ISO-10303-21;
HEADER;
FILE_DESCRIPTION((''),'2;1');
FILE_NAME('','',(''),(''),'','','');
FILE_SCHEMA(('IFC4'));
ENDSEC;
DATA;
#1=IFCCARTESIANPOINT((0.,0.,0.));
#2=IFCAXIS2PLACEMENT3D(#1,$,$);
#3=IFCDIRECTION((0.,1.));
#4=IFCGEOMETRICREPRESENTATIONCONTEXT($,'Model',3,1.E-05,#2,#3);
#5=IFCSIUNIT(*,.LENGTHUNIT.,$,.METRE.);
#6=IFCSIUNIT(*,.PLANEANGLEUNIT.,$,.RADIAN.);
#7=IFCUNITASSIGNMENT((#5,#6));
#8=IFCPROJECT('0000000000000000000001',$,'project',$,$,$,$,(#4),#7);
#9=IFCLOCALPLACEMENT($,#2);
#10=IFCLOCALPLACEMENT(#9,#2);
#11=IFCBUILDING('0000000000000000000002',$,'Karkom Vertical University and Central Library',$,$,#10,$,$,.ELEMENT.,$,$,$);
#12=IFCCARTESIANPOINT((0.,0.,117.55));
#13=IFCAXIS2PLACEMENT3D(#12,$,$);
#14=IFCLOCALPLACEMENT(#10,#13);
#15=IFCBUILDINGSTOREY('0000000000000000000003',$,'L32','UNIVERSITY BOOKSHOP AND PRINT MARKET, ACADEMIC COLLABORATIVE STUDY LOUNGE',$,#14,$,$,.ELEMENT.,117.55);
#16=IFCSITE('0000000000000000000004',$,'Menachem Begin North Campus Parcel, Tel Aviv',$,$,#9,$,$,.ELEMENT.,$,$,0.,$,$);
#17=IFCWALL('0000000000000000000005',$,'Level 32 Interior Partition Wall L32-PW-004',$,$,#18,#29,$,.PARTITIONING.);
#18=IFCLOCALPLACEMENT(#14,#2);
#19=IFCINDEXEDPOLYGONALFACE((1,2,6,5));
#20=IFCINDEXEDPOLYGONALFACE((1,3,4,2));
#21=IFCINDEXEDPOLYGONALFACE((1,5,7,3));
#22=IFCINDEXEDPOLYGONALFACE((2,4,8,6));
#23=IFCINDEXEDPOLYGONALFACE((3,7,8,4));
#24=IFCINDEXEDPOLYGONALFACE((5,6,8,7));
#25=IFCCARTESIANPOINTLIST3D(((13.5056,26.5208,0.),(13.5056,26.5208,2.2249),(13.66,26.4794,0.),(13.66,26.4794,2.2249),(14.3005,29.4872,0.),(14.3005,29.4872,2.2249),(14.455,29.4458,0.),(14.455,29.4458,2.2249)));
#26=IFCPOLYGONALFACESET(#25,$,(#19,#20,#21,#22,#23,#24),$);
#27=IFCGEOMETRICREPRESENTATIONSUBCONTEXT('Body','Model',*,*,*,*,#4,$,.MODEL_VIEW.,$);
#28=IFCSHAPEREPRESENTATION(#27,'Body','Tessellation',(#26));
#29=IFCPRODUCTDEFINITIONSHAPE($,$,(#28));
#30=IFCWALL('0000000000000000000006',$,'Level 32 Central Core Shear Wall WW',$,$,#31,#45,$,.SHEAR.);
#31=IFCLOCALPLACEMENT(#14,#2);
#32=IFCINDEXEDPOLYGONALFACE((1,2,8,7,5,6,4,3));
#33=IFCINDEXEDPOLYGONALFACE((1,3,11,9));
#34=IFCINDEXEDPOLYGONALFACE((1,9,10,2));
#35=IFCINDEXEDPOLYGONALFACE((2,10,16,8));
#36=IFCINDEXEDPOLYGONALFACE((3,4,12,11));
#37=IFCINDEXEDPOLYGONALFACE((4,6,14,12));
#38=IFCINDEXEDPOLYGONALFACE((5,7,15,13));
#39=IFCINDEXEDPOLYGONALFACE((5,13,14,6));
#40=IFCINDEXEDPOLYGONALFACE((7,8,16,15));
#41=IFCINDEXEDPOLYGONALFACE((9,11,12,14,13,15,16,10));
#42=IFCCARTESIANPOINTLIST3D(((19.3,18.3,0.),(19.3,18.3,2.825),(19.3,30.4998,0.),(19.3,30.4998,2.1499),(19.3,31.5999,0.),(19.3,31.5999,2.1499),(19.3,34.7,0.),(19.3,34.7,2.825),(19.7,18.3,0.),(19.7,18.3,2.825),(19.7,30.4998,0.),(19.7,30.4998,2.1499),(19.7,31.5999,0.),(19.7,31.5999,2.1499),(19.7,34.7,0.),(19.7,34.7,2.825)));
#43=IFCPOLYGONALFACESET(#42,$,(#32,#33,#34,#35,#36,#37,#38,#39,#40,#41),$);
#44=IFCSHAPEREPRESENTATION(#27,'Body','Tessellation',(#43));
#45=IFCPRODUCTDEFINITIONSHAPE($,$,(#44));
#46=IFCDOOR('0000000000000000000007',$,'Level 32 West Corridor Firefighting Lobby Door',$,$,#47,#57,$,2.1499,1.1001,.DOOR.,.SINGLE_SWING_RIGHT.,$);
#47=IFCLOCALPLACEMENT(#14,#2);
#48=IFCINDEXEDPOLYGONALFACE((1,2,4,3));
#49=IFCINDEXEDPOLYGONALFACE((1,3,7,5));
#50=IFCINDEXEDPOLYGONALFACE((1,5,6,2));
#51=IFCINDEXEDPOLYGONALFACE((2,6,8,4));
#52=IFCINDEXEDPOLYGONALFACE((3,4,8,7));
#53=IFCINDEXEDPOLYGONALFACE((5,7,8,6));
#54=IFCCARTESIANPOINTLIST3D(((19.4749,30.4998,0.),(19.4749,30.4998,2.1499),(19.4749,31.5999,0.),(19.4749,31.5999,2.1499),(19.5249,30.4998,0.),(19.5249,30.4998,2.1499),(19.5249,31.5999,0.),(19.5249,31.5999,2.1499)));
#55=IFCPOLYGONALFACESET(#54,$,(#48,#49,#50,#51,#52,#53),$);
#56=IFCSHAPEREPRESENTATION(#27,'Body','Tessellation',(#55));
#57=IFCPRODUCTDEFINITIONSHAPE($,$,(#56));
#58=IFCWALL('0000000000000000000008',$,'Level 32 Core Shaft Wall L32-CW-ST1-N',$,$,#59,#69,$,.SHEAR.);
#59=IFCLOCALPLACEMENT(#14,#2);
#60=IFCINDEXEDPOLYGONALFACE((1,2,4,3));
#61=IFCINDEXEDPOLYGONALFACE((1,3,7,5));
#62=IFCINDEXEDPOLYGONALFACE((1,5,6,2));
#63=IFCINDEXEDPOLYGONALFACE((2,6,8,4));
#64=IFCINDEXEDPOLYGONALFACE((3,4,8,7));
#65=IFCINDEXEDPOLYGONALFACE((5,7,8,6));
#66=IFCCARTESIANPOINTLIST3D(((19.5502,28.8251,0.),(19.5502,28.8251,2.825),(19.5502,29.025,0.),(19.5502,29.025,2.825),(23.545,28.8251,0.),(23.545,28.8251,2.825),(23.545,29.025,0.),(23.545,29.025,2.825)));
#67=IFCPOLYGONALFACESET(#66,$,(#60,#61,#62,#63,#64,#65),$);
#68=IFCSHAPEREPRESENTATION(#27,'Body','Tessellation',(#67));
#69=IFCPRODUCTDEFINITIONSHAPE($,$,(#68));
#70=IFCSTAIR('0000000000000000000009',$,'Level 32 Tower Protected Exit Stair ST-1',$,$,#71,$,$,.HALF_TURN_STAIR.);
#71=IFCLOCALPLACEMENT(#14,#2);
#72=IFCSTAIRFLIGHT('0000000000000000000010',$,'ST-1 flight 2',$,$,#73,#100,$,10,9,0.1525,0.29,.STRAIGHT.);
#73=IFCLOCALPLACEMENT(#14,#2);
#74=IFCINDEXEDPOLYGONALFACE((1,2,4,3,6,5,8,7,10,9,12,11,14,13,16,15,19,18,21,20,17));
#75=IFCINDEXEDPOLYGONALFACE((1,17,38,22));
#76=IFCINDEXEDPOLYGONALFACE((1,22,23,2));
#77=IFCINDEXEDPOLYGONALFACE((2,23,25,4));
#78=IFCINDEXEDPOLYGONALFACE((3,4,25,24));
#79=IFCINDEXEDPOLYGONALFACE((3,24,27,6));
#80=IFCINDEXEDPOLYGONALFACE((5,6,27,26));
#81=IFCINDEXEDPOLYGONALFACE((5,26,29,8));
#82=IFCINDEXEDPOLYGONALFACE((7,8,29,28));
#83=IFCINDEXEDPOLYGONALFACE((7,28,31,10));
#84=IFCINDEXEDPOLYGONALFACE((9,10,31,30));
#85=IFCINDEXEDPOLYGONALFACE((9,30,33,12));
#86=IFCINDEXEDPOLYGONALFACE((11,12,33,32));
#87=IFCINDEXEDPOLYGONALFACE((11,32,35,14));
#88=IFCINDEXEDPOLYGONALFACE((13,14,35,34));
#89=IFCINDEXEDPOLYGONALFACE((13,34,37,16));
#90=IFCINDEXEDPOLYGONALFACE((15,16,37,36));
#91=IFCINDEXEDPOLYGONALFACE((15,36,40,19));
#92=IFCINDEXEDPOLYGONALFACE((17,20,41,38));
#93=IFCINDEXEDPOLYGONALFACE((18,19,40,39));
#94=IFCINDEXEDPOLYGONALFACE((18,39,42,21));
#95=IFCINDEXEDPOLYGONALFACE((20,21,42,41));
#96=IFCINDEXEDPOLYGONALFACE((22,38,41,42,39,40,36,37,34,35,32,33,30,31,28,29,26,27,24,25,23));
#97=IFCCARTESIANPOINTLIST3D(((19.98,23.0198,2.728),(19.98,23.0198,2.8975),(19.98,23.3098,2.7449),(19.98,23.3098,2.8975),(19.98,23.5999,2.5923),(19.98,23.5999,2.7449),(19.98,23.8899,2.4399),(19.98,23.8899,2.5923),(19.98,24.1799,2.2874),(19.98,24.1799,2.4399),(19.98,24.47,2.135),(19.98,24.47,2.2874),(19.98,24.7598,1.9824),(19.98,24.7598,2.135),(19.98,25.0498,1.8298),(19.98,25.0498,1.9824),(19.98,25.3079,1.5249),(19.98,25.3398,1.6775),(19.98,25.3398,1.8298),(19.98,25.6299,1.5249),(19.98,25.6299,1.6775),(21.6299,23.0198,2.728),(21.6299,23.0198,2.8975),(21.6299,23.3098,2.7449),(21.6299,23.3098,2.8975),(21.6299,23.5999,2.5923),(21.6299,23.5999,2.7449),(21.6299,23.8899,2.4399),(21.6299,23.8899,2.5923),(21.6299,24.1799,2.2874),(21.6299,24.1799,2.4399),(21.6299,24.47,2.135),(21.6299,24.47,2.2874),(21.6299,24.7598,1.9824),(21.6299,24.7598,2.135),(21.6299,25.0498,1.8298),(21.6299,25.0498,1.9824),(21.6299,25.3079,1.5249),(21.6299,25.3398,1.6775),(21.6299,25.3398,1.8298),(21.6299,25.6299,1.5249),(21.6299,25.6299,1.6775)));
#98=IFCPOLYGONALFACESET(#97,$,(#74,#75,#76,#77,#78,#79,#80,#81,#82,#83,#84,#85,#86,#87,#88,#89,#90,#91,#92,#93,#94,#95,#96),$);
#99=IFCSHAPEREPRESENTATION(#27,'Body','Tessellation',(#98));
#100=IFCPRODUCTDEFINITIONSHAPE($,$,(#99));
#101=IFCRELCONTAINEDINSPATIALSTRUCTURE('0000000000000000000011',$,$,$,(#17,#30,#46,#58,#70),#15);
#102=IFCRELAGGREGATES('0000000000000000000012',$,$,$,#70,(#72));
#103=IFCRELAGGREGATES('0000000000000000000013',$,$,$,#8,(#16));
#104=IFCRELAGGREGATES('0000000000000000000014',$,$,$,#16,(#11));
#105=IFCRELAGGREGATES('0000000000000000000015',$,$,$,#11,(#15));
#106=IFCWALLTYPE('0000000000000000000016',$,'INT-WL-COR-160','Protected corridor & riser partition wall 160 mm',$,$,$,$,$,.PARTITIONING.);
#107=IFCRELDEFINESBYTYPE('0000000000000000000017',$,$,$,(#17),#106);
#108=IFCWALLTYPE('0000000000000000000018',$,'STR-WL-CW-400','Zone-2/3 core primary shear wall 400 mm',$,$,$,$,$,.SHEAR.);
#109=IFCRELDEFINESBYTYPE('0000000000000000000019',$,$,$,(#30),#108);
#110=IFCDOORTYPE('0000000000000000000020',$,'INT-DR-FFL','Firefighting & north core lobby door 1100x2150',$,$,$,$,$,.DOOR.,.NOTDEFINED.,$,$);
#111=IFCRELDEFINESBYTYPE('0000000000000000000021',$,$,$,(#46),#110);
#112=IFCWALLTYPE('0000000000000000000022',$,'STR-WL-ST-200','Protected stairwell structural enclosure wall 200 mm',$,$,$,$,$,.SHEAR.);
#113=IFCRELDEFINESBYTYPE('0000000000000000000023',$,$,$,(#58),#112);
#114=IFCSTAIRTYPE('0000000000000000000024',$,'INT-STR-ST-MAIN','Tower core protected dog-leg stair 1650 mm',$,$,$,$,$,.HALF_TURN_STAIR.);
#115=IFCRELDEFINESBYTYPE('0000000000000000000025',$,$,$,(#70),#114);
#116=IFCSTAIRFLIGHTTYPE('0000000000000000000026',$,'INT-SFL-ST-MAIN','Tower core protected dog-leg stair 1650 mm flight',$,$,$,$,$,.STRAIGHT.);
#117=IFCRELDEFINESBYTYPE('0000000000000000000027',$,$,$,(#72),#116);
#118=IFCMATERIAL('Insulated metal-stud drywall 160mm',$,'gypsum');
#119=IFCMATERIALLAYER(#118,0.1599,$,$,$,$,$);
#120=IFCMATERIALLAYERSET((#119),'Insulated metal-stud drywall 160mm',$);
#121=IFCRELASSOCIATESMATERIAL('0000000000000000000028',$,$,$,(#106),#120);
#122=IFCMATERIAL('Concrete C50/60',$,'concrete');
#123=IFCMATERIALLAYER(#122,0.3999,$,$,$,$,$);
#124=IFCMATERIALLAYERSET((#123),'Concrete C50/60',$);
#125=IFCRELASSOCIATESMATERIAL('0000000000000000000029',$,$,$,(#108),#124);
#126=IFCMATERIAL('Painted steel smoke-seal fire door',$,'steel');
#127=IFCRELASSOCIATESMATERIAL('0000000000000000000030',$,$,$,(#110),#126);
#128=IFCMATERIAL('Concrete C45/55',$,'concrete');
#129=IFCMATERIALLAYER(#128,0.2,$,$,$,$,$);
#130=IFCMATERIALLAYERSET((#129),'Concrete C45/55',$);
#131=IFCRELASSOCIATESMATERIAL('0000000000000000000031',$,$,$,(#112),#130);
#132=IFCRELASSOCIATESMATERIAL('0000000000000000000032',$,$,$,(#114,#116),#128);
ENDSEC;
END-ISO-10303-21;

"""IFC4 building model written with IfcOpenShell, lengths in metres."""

from ifc_helpers import new_model, si_unit, direction, frame, frame_2d, origin, origin_with_axes, place, context, subcontext, project, spatial, polyline, rectangle, outline, extrude, source, transform, mapped, material, layer, layer_set, type_object, element, fill, aggregate, save


model = new_model("IFC4")

# Units and contexts
model_context = context("Model", 3, precision=1e-05, world=origin(), true_north=direction((0.0, 1.0)))
body_context = subcontext(model_context, "Body", "Model", "MODEL_VIEW")
ifc_project = project(units=[si_unit("LENGTHUNIT", "METRE"), si_unit("PLANEANGLEUNIT", "RADIAN")], contexts=[model_context])

# Site, building, storey
site_placement = place(None, origin())
site = spatial("IfcSite", under=ifc_project, at=site_placement, Name="Menachem Begin North Campus Parcel, Tel Aviv", CompositionType="ELEMENT", RefElevation=0.0)
building_placement = place(site_placement, origin())
building = spatial("IfcBuilding", under=site, at=building_placement, Name="Karkom Vertical University and Central Library", CompositionType="ELEMENT")
storey_placement = place(building_placement, frame((0.0, 0.0, 117.55)))
storey = spatial("IfcBuildingStorey", under=building, at=storey_placement, Name="L32", Description="UNIVERSITY BOOKSHOP AND PRINT MARKET, ACADEMIC COLLABORATIVE STUDY LOUNGE", CompositionType="ELEMENT", Elevation=117.55)

# Shared definitions
ifc_material_1 = material(Name="Concrete C50/60", Category="concrete")

# Shared definitions
ifc_material_2 = material(Name="Insulated metal-stud drywall 160mm", Category="gypsum")
ifc_layer_1 = layer(ifc_material_2, 0.1599)
ifc_layer_set_1 = layer_set([ifc_layer_1], Name="Insulated metal-stud drywall 160mm")
wall_type_1 = type_object("IfcWallType", Name="INT-WL-COR-160", Description="Protected corridor & riser partition wall 160 mm", PredefinedType="PARTITIONING", material=ifc_layer_set_1)

# Wall
wall_1_placement = place(storey_placement, frame((13.5828, 26.5, 0.0), z_axis=(0.0, 0.0, 1.0), x_axis=(0.25885, 0.965918, 0.0)))
element("IfcWall", 1, at=wall_1_placement, inside=storey, type_object=wall_type_1, Name="Level 32 Interior Partition Wall L32-PW-004", PredefinedType="PARTITIONING", context=body_context, shape_type="SweptSolid", body=[
    extrude(rectangle(XDim=3.071, YDim=0.1599, at=frame_2d((1.5356, 0.0))), origin(), (0.0, 0.0, 1.0), 2.2249),
])

# Wall, opening, door
ifc_layer_2 = layer(ifc_material_1, 0.3999)
ifc_layer_set_2 = layer_set([ifc_layer_2], Name="Concrete C50/60")
wall_type_2 = type_object("IfcWallType", Name="STR-WL-CW-400", Description="Zone-2/3 core primary shear wall 400 mm", PredefinedType="SHEAR", material=ifc_layer_set_2)
wall_2_placement = place(storey_placement, frame((19.5, 34.7, 0.0), z_axis=(0.0, 0.0, 1.0), x_axis=(0.0, -1.0, 0.0)))
wall_2 = element("IfcWall", 2, at=wall_2_placement, inside=storey, type_object=wall_type_2, Name="Level 32 Central Core Shear Wall WW", PredefinedType="SHEAR", context=body_context, shape_type="SweptSolid", body=[
    extrude(rectangle(XDim=16.3999, YDim=0.3999, at=frame_2d((8.2, 0.0))), origin(), (0.0, 0.0, 1.0), 2.825),
])
opening_1_placement = place(wall_2_placement, frame((3.1001, 0.0, 0.0)))
opening_1 = element("IfcOpeningElement", 3, at=opening_1_placement, cuts=wall_2, PredefinedType="OPENING", context=body_context, shape_type="SweptSolid", body=[
    extrude(rectangle(XDim=1.1001, YDim=2.1499, at=frame_2d((0.55, 1.075))), frame((0.0, 0.21, 0.0), z_axis=(0.0, -1.0, 0.0), x_axis=(1.0, 0.0, 0.0)), (0.0, 0.0, 1.0), 0.4199),
])
ifc_material_3 = material(Name="Painted steel smoke-seal fire door", Category="steel")
door_type_1 = type_object("IfcDoorType", Name="INT-DR-FFL", Description="Firefighting & north core lobby door 1100x2150", OperationType="NOTDEFINED", PredefinedType="DOOR", material=ifc_material_3)
shared_shape_1 = source(origin_with_axes(), body_context, "Body", "SweptSolid", [
    extrude(rectangle(XDim=1.1001, YDim=2.1499, at=frame_2d((0.55, 1.075))), frame((0.0, 0.0249, 0.0), z_axis=(0.0, -1.0, 0.0), x_axis=(1.0, 0.0, 0.0)), (0.0, 0.0, 1.0), 0.05),
])
door_1_placement = place(opening_1_placement, origin())
door_1 = element("IfcDoor", 4, at=door_1_placement, inside=storey, type_object=door_type_1, Name="Level 32 West Corridor Firefighting Lobby Door", OperationType="SINGLE_SWING_RIGHT", OverallHeight=2.1499, OverallWidth=1.1001, PredefinedType="DOOR", context=body_context, shape_type="MappedRepresentation", body=[
    mapped(shared_shape_1, transform((0.0, 0.0, 0.0), scale=1.0)),
])
fill(opening_1, door_1)

# Wall
ifc_material_4 = material(Name="Concrete C45/55", Category="concrete")
ifc_layer_3 = layer(ifc_material_4, 0.2)
ifc_layer_set_3 = layer_set([ifc_layer_3], Name="Concrete C45/55")
wall_type_3 = type_object("IfcWallType", Name="STR-WL-ST-200", Description="Protected stairwell structural enclosure wall 200 mm", PredefinedType="SHEAR", material=ifc_layer_set_3)
wall_3_placement = place(storey_placement, frame((19.55, 28.925, 0.0), z_axis=(0.0, 0.0, 1.0), x_axis=(1.0, 0.0, 0.0)))
element("IfcWall", 5, at=wall_3_placement, inside=storey, type_object=wall_type_3, Name="Level 32 Core Shaft Wall L32-CW-ST1-N", PredefinedType="SHEAR", context=body_context, shape_type="SweptSolid", body=[
    extrude(rectangle(XDim=3.9949, YDim=0.2, at=frame_2d((1.9976, 0.0))), origin(), (0.0, 0.0, 1.0), 2.825),
])

# Stair, stair flight
stair_type = type_object("IfcStairType", Name="INT-STR-ST-MAIN", Description="Tower core protected dog-leg stair 1650 mm", PredefinedType="HALF_TURN_STAIR", material=ifc_material_4)
stair_placement = place(storey_placement, origin())
stair = element("IfcStair", 6, at=stair_placement, inside=storey, type_object=stair_type, Name="Level 32 Tower Protected Exit Stair ST-1", PredefinedType="HALF_TURN_STAIR")
stair_flight_type = type_object("IfcStairFlightType", Name="INT-SFL-ST-MAIN", Description="Tower core protected dog-leg stair 1650 mm flight", PredefinedType="STRAIGHT", material=ifc_material_4)
stair_flight_placement = place(storey_placement, frame((20.8049, 25.6299, 1.5249), z_axis=(0.0, 0.0, 1.0), x_axis=(0.0, -1.0, 0.0)))
stair_flight = element("IfcStairFlight", 7, at=stair_flight_placement, type_object=stair_flight_type, Name="ST-1 flight 2", NumberOfRisers=10, NumberOfTreads=9, PredefinedType="STRAIGHT", RiserHeight=0.1525, TreadLength=0.29, context=body_context, shape_type="SweptSolid", body=[
    extrude(outline(polyline([(0.0, 0.0), (0.0, 0.1526), (0.29, 0.1526), (0.29, 0.3049), (0.5801, 0.3049), (0.5801, 0.4575), (0.8701, 0.4575), (0.8701, 0.6101), (1.1599, 0.6101), (1.1599, 0.7625), (1.45, 0.7625), (1.45, 0.915), (1.74, 0.915), (1.74, 1.0674), (2.03, 1.0674), (2.03, 1.22), (2.3201, 1.22), (2.3201, 1.3726), (2.6101, 1.3726), (2.6101, 1.5249), (2.6101, 1.2031), (0.322, 0.0), (0.0, 0.0)])), frame((0.0, 0.825, 0.0), z_axis=(0.0, -1.0, 0.0), x_axis=(1.0, 0.0, 0.0)), (0.0, 0.0, 1.0), 1.6499),
])
aggregate(stair, [stair_flight])

save(model, "model.ifc")
